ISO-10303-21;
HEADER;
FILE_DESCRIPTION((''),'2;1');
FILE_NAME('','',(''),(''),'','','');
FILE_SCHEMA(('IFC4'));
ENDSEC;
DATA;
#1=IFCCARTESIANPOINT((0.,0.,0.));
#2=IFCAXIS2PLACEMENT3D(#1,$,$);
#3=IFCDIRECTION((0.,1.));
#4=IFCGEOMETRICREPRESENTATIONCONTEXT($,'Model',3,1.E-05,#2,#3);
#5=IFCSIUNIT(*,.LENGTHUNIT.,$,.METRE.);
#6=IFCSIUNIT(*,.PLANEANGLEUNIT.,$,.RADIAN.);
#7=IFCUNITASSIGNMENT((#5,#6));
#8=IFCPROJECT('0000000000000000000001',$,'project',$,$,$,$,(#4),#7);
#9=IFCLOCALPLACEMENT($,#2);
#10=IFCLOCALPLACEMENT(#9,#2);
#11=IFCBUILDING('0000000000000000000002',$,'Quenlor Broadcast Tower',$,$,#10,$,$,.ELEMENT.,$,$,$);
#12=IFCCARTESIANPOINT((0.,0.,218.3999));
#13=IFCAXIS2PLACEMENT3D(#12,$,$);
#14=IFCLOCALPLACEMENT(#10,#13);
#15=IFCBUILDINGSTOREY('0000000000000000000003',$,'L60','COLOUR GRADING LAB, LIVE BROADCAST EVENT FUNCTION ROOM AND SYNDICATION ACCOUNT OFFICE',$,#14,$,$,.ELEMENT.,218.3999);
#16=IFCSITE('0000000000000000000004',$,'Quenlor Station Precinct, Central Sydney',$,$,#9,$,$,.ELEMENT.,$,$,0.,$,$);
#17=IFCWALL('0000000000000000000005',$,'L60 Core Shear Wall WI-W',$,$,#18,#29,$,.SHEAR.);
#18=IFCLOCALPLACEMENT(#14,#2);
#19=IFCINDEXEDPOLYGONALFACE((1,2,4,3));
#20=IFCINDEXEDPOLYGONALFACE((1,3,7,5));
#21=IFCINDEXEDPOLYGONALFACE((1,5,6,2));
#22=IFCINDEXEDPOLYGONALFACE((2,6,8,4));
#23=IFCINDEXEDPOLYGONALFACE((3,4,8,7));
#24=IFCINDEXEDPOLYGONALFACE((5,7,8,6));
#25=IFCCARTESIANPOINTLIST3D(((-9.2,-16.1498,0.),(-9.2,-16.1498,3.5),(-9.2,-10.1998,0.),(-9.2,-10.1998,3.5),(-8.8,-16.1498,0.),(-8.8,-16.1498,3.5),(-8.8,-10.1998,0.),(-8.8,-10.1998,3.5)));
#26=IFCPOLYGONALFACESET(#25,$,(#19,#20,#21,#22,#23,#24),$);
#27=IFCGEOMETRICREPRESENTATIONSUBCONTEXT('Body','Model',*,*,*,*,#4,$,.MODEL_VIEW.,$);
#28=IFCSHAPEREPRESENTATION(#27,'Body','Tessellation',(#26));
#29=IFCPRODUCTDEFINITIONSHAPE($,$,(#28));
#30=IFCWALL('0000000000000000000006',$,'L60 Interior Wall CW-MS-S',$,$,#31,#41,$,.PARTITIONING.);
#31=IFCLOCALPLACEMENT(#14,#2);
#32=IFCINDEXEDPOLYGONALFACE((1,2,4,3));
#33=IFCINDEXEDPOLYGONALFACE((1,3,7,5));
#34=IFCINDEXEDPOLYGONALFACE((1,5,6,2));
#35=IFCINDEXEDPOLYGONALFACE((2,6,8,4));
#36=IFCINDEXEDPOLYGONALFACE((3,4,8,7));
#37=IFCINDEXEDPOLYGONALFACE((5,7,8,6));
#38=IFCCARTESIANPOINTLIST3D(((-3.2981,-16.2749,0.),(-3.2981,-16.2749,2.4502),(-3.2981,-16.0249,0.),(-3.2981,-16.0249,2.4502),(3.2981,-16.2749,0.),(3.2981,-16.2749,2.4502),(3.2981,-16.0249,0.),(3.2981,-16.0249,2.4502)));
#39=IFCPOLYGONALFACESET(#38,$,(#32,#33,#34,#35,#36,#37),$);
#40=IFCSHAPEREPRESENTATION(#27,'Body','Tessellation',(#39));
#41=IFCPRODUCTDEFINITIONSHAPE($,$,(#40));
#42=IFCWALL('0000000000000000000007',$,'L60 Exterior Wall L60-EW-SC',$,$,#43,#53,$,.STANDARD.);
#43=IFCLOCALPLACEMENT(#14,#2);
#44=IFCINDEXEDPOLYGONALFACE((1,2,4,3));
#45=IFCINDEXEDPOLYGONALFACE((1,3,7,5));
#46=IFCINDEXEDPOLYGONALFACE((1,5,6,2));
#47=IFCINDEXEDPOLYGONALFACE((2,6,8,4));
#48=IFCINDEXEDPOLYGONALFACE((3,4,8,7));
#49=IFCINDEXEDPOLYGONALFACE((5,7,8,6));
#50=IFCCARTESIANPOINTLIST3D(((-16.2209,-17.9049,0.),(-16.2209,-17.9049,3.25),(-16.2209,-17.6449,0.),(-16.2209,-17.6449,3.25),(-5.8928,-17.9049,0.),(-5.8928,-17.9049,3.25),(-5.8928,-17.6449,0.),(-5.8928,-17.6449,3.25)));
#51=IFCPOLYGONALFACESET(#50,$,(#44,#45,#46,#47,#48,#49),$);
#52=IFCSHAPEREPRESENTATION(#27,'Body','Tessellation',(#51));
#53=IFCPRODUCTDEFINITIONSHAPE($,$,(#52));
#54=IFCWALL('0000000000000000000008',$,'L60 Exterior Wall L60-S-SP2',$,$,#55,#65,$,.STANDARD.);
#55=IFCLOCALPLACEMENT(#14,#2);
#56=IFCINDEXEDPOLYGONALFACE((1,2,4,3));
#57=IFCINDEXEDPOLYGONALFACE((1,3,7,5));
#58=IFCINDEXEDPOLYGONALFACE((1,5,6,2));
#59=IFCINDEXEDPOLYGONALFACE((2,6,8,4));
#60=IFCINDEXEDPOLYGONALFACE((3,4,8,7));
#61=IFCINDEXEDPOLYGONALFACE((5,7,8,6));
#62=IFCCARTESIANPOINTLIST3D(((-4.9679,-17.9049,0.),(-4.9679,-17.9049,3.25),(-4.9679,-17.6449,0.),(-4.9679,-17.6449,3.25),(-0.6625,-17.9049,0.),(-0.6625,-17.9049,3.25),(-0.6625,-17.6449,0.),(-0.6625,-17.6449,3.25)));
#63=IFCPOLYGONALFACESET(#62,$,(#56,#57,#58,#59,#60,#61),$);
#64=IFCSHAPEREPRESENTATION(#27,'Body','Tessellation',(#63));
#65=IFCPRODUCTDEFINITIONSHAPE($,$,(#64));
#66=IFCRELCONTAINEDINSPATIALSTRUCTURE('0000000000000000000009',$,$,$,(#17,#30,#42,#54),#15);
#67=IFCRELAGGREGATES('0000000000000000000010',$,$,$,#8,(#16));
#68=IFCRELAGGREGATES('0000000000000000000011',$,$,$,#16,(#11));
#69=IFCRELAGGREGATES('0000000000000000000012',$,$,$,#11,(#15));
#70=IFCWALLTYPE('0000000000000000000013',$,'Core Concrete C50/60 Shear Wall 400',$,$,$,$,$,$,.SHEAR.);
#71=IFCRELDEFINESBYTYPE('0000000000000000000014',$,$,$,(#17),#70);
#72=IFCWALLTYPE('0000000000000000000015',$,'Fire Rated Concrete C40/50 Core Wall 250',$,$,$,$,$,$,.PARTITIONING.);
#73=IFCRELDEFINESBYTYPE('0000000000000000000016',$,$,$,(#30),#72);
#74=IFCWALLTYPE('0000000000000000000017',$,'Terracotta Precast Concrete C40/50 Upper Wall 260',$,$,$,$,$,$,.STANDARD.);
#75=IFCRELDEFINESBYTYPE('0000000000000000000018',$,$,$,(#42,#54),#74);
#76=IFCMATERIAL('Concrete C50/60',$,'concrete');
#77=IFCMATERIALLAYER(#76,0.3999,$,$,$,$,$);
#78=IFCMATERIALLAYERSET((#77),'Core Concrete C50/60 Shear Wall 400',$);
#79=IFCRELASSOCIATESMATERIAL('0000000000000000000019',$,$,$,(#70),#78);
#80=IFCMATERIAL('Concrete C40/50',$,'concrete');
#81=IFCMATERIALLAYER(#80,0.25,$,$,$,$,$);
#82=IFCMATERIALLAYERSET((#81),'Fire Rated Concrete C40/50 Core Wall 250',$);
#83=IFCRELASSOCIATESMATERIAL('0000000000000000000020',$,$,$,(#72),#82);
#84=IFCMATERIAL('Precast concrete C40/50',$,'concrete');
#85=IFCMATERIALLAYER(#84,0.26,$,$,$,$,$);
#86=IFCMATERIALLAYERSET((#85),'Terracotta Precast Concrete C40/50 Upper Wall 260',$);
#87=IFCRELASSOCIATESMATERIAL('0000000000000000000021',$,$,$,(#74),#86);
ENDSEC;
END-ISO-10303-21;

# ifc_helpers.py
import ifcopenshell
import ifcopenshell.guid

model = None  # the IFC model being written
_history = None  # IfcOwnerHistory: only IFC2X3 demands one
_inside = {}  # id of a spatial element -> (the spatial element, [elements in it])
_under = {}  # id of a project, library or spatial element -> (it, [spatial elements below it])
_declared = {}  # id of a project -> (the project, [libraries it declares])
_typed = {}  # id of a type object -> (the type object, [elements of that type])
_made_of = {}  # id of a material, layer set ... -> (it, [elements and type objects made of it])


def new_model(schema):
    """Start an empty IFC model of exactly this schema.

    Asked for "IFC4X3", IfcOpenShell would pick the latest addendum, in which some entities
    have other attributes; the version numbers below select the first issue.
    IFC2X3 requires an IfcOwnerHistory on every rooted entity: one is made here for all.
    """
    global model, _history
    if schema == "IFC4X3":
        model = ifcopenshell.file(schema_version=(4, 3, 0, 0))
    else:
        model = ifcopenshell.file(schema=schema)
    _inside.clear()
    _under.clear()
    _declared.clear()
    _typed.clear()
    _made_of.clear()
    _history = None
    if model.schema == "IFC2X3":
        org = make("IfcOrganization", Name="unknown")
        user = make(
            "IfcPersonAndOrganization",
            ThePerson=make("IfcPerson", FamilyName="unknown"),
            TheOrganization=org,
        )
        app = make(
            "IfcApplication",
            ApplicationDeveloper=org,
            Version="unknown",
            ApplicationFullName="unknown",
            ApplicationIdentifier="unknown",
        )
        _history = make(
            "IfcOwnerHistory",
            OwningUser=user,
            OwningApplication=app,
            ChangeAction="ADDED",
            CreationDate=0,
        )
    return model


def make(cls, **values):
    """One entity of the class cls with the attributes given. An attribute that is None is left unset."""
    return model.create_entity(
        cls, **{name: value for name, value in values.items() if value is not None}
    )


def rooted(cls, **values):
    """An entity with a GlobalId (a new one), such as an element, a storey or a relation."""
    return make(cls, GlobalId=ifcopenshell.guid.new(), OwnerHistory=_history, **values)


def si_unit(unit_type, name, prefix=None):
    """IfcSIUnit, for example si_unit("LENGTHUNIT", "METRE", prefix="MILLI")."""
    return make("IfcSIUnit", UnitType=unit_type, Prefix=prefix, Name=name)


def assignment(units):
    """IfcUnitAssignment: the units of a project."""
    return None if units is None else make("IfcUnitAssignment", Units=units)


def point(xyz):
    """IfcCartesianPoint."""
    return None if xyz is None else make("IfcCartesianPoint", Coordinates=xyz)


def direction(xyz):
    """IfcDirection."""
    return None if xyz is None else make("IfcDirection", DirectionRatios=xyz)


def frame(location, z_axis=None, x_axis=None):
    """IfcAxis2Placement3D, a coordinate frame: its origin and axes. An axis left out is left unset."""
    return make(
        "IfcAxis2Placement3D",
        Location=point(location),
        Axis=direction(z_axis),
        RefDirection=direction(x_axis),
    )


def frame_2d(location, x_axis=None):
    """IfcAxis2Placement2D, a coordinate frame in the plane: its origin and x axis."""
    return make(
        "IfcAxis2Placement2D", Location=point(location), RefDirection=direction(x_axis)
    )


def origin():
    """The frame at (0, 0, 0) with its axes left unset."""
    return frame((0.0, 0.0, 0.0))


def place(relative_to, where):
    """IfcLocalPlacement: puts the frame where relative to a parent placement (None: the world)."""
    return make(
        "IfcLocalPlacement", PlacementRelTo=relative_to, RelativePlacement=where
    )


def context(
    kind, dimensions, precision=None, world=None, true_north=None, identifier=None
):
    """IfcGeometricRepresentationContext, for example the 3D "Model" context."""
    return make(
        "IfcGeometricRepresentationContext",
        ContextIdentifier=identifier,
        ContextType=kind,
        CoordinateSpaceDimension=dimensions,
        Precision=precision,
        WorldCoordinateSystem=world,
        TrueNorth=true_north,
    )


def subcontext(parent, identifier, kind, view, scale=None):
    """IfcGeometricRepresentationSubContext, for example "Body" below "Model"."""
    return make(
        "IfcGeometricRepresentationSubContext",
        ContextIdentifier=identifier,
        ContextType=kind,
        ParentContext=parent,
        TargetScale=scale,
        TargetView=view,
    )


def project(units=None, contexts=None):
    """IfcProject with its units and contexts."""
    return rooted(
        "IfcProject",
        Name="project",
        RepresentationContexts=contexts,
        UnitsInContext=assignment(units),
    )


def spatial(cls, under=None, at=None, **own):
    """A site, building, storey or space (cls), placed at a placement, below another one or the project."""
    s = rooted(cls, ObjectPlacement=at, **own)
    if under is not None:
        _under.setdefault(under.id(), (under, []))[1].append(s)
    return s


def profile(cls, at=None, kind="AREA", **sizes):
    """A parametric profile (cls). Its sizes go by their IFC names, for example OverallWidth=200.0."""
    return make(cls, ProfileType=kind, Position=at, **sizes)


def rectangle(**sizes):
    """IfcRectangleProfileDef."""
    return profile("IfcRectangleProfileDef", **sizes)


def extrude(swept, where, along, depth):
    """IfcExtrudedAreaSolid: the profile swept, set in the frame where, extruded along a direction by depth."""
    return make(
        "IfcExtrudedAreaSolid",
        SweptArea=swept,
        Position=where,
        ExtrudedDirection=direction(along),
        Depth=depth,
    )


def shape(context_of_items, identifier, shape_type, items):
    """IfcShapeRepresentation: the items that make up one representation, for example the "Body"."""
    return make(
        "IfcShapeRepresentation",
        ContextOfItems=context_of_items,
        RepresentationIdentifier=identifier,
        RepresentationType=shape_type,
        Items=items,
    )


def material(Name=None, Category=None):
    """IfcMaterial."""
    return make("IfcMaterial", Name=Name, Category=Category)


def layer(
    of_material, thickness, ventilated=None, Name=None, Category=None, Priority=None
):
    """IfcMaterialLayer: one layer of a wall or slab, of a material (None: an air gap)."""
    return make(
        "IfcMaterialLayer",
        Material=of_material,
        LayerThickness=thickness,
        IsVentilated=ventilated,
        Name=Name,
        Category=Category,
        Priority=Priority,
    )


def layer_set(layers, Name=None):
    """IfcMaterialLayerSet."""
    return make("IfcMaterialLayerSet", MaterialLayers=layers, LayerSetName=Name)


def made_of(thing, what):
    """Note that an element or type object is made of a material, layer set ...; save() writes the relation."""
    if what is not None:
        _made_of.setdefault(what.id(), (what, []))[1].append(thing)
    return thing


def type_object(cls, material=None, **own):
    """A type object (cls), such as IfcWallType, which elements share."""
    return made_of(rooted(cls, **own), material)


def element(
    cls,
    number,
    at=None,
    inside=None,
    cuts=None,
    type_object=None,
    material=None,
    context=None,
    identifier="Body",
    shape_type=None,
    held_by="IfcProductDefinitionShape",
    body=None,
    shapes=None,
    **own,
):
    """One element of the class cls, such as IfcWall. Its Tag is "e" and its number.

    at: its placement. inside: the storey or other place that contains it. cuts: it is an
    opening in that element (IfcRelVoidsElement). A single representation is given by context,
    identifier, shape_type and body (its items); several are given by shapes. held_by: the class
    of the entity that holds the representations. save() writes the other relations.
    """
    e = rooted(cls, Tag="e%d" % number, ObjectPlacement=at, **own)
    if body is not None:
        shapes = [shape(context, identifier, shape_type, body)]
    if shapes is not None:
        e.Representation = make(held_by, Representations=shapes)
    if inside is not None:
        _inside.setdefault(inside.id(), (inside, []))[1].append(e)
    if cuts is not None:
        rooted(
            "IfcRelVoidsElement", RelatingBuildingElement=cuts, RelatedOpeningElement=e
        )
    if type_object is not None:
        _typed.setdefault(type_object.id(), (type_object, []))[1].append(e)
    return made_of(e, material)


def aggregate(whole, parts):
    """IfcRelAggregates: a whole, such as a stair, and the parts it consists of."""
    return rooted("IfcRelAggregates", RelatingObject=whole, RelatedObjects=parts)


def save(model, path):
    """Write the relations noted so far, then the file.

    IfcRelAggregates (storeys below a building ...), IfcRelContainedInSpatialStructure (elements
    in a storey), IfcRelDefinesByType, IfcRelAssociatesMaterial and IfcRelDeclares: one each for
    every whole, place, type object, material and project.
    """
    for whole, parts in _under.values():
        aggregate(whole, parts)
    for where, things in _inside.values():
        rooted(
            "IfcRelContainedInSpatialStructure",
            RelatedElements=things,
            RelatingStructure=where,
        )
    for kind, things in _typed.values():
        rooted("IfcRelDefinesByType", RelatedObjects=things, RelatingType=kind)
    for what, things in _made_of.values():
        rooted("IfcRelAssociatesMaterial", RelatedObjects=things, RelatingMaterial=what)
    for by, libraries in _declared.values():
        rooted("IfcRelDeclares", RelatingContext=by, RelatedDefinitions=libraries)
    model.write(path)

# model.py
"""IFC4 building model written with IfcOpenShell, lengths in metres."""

from ifc_helpers import new_model, si_unit, direction, frame, frame_2d, origin, place, context, subcontext, project, spatial, rectangle, extrude, material, layer, layer_set, type_object, element, save


model = new_model("IFC4")

# Units and contexts
model_context = context("Model", 3, precision=1e-05, world=origin(), true_north=direction((0.0, 1.0)))
body_context = subcontext(model_context, "Body", "Model", "MODEL_VIEW")
ifc_project = project(units=[si_unit("LENGTHUNIT", "METRE"), si_unit("PLANEANGLEUNIT", "RADIAN")], contexts=[model_context])

# Site, building, storey
site_placement = place(None, origin())
site = spatial("IfcSite", under=ifc_project, at=site_placement, Name="Quenlor Station Precinct, Central Sydney", CompositionType="ELEMENT", RefElevation=0.0)
building_placement = place(site_placement, origin())
building = spatial("IfcBuilding", under=site, at=building_placement, Name="Quenlor Broadcast Tower", CompositionType="ELEMENT")
storey_placement = place(building_placement, frame((0.0, 0.0, 218.3999)))
storey = spatial("IfcBuildingStorey", under=building, at=storey_placement, Name="L60", Description="COLOUR GRADING LAB, LIVE BROADCAST EVENT FUNCTION ROOM AND SYNDICATION ACCOUNT OFFICE", CompositionType="ELEMENT", Elevation=218.3999)

# Walls
ifc_material_1 = material(Name="Concrete C50/60", Category="concrete")
ifc_layer_1 = layer(ifc_material_1, 0.3999)
ifc_layer_set_1 = layer_set([ifc_layer_1], Name="Core Concrete C50/60 Shear Wall 400")
wall_type_1 = type_object("IfcWallType", Name="Core Concrete C50/60 Shear Wall 400", PredefinedType="SHEAR", material=ifc_layer_set_1)
wall_1_placement = place(storey_placement, frame((-9.0, -16.1499, 0.0), z_axis=(0.0, 0.0, 1.0), x_axis=(0.0, 1.0, 0.0)))
element("IfcWall", 1, at=wall_1_placement, inside=storey, type_object=wall_type_1, Name="L60 Core Shear Wall WI-W", PredefinedType="SHEAR", context=body_context, shape_type="SweptSolid", body=[
    extrude(rectangle(XDim=5.95, YDim=0.3999, at=frame_2d((2.9751, 0.0))), origin(), (0.0, 0.0, 1.0), 3.5),
])
ifc_material_2 = material(Name="Concrete C40/50", Category="concrete")
ifc_layer_2 = layer(ifc_material_2, 0.25)
ifc_layer_set_2 = layer_set([ifc_layer_2], Name="Fire Rated Concrete C40/50 Core Wall 250")
wall_type_2 = type_object("IfcWallType", Name="Fire Rated Concrete C40/50 Core Wall 250", PredefinedType="PARTITIONING", material=ifc_layer_set_2)
wall_2_placement = place(storey_placement, frame((-3.2981, -16.1499, 0.0), z_axis=(0.0, 0.0, 1.0), x_axis=(1.0, 0.0, 0.0)))
element("IfcWall", 2, at=wall_2_placement, inside=storey, type_object=wall_type_2, Name="L60 Interior Wall CW-MS-S", PredefinedType="PARTITIONING", context=body_context, shape_type="SweptSolid", body=[
    extrude(rectangle(XDim=6.5962, YDim=0.25, at=frame_2d((3.2981, 0.0))), origin(), (0.0, 0.0, 1.0), 2.4502),
])
ifc_material_3 = material(Name="Precast concrete C40/50", Category="concrete")
ifc_layer_3 = layer(ifc_material_3, 0.26)
ifc_layer_set_3 = layer_set([ifc_layer_3], Name="Terracotta Precast Concrete C40/50 Upper Wall 260")
wall_type_3 = type_object("IfcWallType", Name="Terracotta Precast Concrete C40/50 Upper Wall 260", PredefinedType="STANDARD", material=ifc_layer_set_3)
wall_3_placement = place(storey_placement, frame((-5.8928, -17.7749, 0.0), z_axis=(0.0, 0.0, 1.0), x_axis=(-1.0, 0.0, 0.0)))
element("IfcWall", 3, at=wall_3_placement, inside=storey, type_object=wall_type_3, Name="L60 Exterior Wall L60-EW-SC", PredefinedType="STANDARD", context=body_context, shape_type="SweptSolid", body=[
    extrude(rectangle(XDim=10.3281, YDim=0.26, at=frame_2d((5.1641, 0.0))), origin(), (0.0, 0.0, 1.0), 3.25),
])
wall_4_placement = place(storey_placement, frame((-0.6624, -17.7749, 0.0), z_axis=(0.0, 0.0, 1.0), x_axis=(-1.0, 0.0, 0.0)))
element("IfcWall", 4, at=wall_4_placement, inside=storey, type_object=wall_type_3, Name="L60 Exterior Wall L60-S-SP2", PredefinedType="STANDARD", context=body_context, shape_type="SweptSolid", body=[
    extrude(rectangle(XDim=4.3054, YDim=0.26, at=frame_2d((2.1528, 0.0))), origin(), (0.0, 0.0, 1.0), 3.25),
])

save(model, "model.ifc")
